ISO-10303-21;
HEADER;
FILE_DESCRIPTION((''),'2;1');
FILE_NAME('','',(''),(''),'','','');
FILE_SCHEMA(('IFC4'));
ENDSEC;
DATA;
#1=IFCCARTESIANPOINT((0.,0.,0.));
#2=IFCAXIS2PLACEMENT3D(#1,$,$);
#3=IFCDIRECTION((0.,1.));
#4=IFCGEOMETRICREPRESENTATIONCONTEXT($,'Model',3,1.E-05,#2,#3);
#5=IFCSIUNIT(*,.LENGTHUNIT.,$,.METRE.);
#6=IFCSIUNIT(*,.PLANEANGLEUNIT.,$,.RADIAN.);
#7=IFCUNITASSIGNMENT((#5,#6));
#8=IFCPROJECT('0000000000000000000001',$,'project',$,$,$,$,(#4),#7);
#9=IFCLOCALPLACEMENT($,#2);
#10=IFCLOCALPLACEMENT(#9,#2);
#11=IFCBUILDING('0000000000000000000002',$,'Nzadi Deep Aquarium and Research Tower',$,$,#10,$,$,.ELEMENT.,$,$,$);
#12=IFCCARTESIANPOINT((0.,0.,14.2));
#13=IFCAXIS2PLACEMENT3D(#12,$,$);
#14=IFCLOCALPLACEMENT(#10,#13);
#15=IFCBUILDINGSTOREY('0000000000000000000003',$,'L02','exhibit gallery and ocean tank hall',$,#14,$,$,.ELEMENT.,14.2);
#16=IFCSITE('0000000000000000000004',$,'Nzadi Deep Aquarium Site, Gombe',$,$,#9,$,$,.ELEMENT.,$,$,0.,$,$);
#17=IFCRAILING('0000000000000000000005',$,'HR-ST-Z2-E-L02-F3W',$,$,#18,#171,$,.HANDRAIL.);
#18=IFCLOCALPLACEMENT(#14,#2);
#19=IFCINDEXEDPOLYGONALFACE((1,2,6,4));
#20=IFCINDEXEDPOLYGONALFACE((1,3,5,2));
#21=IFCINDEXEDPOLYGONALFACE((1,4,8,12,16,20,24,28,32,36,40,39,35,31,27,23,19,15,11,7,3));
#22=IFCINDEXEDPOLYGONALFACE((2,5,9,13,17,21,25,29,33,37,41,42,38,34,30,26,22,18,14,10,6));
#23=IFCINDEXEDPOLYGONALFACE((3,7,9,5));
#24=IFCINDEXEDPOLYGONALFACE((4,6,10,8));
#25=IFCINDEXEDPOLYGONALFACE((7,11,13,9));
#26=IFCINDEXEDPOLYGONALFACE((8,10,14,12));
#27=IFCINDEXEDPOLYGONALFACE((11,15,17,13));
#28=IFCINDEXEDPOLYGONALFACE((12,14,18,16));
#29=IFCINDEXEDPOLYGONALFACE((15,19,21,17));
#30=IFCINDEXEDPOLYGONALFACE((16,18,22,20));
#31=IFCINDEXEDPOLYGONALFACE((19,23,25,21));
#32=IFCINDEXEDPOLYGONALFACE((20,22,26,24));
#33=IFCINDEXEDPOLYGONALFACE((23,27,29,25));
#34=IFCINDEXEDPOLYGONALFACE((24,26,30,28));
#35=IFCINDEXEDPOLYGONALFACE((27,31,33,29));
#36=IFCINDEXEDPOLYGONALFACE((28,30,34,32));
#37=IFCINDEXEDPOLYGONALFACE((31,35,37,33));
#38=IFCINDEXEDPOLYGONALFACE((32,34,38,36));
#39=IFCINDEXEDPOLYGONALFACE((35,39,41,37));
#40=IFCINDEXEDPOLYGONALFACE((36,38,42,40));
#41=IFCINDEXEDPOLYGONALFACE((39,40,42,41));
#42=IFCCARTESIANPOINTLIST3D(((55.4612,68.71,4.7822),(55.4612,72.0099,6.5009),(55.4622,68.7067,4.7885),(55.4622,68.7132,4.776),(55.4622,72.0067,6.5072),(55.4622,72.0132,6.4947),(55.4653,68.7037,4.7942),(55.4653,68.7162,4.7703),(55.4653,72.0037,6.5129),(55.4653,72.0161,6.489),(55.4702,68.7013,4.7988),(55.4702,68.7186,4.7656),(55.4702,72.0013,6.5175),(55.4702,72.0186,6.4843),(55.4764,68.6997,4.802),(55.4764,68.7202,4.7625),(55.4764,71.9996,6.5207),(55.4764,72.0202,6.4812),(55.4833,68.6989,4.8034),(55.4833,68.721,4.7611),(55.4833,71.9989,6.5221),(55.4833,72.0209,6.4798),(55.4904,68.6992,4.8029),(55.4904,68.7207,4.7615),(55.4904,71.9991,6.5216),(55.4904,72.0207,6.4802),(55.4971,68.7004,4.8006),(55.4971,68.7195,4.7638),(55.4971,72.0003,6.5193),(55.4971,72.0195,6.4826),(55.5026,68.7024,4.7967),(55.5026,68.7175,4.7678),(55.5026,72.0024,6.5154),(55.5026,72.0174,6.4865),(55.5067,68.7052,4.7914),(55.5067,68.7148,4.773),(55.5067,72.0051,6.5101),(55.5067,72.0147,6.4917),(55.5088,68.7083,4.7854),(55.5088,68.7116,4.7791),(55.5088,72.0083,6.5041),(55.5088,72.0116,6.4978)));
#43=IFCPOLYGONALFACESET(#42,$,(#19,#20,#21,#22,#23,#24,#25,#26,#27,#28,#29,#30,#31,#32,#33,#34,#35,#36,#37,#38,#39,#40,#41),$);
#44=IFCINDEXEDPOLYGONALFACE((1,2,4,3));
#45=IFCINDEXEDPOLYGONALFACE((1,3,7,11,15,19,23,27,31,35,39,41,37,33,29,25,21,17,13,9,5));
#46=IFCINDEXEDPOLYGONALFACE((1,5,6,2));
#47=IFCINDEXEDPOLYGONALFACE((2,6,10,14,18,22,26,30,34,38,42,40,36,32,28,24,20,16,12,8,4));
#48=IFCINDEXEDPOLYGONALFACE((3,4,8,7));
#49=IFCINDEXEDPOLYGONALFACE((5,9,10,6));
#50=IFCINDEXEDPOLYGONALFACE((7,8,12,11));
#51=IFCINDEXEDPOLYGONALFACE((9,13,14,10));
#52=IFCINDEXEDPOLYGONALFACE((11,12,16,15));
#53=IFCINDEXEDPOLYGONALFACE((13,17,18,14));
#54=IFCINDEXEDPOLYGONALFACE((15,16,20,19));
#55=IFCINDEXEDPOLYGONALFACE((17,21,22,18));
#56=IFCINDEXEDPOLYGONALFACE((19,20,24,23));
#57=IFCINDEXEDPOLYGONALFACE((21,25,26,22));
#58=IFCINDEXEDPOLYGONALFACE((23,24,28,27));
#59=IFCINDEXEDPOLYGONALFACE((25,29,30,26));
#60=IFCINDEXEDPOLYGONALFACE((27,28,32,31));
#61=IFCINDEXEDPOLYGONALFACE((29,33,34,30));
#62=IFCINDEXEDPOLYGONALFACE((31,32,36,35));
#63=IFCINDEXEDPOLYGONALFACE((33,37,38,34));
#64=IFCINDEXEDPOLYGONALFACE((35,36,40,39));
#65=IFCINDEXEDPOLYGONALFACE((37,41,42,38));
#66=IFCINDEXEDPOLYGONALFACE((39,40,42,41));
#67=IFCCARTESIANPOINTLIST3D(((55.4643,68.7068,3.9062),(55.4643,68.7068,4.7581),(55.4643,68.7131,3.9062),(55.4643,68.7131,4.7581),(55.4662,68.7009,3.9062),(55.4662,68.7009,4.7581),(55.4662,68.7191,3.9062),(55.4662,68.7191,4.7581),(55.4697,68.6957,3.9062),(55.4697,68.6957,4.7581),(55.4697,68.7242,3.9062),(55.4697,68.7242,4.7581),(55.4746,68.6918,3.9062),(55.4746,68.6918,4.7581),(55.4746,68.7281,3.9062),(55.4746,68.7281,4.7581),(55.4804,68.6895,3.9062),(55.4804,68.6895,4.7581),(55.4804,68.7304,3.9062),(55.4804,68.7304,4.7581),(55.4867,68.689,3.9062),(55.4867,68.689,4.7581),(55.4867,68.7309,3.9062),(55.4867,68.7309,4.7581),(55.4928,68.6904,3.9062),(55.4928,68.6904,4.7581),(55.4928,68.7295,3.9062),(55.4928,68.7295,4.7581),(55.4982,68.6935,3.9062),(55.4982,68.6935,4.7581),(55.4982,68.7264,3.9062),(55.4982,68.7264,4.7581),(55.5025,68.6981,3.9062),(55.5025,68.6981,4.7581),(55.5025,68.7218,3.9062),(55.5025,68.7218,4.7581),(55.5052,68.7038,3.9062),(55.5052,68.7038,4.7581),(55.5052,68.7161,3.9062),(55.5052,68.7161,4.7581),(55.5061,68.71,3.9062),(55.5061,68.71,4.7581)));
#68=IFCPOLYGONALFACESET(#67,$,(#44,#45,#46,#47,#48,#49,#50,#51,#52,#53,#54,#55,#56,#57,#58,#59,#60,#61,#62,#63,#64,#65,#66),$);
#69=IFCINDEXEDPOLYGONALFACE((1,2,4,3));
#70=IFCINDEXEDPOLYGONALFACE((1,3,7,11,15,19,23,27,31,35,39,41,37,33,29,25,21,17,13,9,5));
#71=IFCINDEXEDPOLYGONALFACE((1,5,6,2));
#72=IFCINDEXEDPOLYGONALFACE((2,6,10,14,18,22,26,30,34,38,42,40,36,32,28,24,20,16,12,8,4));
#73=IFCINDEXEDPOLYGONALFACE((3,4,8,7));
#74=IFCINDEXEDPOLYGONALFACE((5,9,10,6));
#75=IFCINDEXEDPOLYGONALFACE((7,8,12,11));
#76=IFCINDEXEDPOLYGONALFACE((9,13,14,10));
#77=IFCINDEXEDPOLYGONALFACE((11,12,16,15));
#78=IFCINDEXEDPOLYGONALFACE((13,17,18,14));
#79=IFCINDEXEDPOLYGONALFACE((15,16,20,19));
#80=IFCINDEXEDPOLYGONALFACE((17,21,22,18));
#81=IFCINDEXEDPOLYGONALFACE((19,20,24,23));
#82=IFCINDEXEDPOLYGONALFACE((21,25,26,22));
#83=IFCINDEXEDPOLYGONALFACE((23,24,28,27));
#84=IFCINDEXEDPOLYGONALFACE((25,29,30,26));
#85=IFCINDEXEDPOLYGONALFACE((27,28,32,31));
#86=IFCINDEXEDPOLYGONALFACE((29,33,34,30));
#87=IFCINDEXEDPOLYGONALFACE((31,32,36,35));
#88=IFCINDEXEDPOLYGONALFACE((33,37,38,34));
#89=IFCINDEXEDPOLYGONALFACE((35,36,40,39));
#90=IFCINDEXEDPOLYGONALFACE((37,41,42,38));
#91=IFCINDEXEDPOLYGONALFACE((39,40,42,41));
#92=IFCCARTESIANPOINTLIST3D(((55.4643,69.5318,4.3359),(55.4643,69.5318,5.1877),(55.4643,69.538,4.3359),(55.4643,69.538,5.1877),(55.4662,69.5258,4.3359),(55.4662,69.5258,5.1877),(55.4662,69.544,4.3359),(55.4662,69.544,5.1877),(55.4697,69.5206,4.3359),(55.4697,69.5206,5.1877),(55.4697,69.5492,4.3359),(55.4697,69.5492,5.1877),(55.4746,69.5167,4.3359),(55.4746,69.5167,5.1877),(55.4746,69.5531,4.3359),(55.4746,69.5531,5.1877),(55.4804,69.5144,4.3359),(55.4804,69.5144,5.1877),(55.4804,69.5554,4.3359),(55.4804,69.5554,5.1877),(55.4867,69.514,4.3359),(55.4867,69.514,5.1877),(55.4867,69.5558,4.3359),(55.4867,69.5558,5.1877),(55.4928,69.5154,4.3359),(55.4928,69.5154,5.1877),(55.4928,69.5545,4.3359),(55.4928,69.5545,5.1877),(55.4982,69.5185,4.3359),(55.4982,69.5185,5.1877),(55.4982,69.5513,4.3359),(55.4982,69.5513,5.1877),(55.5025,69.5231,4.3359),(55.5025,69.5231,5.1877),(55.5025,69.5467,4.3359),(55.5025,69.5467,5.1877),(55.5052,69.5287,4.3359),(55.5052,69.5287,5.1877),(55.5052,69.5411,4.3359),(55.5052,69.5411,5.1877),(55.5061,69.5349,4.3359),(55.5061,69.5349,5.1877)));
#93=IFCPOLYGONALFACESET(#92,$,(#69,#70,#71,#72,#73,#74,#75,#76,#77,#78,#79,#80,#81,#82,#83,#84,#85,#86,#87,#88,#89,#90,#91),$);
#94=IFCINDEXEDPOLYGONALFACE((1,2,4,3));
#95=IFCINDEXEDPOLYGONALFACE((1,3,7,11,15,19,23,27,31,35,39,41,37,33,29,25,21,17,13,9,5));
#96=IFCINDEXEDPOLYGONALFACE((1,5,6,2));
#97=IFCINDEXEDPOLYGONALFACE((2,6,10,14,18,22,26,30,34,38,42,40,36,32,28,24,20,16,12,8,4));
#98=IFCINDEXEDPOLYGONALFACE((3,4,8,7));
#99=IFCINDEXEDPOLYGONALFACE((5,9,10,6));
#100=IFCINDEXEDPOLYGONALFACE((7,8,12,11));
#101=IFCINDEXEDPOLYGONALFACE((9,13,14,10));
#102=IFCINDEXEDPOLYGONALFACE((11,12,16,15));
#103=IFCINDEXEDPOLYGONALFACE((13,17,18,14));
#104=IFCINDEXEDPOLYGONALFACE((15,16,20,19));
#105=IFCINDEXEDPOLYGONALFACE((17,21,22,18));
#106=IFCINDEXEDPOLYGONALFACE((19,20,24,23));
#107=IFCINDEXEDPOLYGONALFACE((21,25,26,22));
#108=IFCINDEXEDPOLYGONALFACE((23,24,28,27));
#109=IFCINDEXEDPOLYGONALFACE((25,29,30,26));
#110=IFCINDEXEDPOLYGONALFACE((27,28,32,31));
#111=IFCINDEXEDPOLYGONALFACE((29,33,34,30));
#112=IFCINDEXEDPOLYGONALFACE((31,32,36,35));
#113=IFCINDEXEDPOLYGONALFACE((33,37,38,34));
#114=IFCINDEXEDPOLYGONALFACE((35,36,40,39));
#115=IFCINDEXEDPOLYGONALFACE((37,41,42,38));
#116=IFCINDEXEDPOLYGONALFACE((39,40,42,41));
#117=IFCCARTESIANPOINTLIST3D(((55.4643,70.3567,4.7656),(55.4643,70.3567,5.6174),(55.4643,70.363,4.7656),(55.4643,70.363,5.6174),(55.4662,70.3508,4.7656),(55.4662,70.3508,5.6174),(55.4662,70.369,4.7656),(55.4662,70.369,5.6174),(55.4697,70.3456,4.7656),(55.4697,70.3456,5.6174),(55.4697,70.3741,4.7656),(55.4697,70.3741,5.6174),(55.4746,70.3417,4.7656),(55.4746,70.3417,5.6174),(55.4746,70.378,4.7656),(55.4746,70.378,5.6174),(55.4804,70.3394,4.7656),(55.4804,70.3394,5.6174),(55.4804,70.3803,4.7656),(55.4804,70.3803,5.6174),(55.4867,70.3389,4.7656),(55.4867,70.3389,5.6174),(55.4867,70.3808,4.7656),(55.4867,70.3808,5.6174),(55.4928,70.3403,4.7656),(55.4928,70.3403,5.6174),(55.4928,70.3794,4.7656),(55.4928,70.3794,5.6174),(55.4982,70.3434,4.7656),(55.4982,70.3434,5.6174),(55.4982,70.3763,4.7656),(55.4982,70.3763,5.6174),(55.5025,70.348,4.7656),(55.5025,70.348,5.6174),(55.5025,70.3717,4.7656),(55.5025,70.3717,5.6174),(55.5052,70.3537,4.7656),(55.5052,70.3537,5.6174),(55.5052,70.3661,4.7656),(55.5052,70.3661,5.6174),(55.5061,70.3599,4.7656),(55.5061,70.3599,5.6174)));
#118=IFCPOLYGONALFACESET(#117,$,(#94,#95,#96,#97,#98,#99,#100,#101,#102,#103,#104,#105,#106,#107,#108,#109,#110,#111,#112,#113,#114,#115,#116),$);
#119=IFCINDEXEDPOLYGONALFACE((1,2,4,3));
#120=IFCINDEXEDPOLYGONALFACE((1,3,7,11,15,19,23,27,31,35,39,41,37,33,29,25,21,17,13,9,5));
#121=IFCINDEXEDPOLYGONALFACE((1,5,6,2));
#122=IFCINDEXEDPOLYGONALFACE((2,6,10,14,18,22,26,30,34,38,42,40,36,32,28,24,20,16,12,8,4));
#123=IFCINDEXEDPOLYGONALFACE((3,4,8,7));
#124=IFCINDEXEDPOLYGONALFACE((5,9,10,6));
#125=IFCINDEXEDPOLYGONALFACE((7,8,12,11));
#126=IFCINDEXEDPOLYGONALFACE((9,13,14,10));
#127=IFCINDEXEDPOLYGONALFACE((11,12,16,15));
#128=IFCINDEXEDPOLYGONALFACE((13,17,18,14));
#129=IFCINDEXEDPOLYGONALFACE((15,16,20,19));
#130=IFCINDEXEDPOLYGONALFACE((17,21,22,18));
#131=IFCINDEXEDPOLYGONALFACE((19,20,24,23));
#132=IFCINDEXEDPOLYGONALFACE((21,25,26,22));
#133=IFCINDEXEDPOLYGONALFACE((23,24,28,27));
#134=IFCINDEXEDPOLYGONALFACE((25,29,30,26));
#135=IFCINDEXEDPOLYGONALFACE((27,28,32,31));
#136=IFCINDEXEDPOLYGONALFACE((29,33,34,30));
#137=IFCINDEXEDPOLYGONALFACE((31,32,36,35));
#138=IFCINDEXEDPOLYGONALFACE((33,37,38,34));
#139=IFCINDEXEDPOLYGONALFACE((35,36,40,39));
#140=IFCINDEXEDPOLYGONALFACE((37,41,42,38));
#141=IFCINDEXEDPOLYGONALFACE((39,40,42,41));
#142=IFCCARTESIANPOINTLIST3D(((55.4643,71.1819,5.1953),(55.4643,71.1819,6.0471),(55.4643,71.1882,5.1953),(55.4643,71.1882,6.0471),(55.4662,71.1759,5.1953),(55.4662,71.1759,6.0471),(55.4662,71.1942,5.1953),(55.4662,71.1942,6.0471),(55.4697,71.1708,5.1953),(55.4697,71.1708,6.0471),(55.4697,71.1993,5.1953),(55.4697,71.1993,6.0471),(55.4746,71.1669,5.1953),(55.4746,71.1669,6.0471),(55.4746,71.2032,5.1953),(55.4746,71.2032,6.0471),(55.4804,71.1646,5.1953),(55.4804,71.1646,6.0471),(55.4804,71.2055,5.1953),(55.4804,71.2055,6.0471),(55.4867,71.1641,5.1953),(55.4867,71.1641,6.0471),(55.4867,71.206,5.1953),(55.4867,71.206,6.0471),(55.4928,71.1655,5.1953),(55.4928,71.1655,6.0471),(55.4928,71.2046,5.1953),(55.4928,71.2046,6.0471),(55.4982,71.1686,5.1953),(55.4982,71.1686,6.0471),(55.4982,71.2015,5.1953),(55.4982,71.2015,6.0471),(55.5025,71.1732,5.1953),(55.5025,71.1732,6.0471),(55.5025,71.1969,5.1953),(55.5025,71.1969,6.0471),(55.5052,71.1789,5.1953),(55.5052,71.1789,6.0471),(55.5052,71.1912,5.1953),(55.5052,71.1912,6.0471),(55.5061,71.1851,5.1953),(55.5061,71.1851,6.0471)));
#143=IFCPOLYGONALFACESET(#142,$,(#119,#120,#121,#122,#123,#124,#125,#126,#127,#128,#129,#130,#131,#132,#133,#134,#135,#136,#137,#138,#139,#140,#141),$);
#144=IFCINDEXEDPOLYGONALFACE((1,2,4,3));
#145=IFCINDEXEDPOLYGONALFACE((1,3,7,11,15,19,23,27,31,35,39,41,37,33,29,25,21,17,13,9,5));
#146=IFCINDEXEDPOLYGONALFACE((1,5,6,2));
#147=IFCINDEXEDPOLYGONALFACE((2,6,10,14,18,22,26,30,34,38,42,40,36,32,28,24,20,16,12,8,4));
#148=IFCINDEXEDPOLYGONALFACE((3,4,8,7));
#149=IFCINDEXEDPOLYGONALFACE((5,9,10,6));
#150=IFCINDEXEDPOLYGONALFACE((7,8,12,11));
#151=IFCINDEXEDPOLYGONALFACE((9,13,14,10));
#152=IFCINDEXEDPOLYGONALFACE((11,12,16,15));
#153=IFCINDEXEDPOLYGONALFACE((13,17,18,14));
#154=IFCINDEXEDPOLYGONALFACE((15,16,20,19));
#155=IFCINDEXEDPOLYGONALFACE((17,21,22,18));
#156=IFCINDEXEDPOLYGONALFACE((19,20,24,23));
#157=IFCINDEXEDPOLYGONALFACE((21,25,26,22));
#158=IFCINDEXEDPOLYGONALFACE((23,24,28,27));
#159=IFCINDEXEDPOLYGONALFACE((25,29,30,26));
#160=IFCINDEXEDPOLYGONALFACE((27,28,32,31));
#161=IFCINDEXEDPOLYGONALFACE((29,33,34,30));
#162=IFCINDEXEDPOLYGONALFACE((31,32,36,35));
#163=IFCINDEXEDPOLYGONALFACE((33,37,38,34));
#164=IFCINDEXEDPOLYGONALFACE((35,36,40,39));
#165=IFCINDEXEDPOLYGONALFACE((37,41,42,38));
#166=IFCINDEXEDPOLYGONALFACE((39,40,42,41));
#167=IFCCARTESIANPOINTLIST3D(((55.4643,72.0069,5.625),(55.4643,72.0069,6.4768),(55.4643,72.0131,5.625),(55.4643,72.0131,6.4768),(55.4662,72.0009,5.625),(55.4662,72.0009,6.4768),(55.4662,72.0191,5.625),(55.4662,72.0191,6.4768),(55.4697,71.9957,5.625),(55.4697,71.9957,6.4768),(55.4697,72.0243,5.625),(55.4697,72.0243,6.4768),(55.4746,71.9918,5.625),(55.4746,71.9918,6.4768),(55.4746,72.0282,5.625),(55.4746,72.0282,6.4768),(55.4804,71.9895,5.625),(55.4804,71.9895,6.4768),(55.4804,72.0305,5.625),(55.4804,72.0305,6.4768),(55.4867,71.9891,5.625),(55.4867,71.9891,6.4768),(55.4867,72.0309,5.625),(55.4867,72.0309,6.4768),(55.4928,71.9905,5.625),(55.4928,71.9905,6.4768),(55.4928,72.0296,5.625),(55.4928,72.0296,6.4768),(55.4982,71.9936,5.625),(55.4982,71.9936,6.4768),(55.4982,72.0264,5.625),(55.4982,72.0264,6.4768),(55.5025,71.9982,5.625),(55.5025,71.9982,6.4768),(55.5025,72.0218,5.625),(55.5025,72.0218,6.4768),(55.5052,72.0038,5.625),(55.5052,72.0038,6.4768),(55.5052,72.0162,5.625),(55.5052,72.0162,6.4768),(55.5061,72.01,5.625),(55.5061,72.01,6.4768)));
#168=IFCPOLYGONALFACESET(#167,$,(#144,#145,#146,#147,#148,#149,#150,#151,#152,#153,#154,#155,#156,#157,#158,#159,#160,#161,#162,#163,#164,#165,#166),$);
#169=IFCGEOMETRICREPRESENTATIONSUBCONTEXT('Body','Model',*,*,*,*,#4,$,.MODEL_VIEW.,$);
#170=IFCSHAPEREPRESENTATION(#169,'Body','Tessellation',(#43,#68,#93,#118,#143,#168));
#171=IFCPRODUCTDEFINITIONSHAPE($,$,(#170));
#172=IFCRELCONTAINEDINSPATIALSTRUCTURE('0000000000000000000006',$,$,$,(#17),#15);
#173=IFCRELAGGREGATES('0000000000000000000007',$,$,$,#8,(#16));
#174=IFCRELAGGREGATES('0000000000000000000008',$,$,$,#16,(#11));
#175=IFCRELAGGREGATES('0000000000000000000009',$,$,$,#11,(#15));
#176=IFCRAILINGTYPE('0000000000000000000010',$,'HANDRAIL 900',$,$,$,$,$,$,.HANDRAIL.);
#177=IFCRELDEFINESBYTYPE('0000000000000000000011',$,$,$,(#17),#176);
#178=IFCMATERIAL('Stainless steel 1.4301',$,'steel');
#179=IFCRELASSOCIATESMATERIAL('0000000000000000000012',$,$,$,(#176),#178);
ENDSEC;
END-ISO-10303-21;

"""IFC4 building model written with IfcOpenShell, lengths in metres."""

from ifc_helpers import new_model, si_unit, direction, frame, origin, origin_2d, place, context, subcontext, project, spatial, circle, extrude, material, type_object, element, save


model = new_model("IFC4")

# Units and contexts
model_context = context("Model", 3, precision=1e-05, world=origin(), true_north=direction((0.0, 1.0)))
body_context = subcontext(model_context, "Body", "Model", "MODEL_VIEW")
ifc_project = project(units=[si_unit("LENGTHUNIT", "METRE"), si_unit("PLANEANGLEUNIT", "RADIAN")], contexts=[model_context])

# Site, building, storey
site_placement = place(None, origin())
site = spatial("IfcSite", under=ifc_project, at=site_placement, Name="Nzadi Deep Aquarium Site, Gombe", CompositionType="ELEMENT", RefElevation=0.0)
building_placement = place(site_placement, origin())
building = spatial("IfcBuilding", under=site, at=building_placement, Name="Nzadi Deep Aquarium and Research Tower", CompositionType="ELEMENT")
storey_placement = place(building_placement, frame((0.0, 0.0, 14.2)))
storey = spatial("IfcBuildingStorey", under=building, at=storey_placement, Name="L02", Description="exhibit gallery and ocean tank hall", CompositionType="ELEMENT", Elevation=14.2)

# Railing
ifc_material_1 = material(Name="Stainless steel 1.4301", Category="steel")
railing_type = type_object("IfcRailingType", Name="HANDRAIL 900", PredefinedType="HANDRAIL", material=ifc_material_1)
for number, where, name in (
    (1, (55.4851, 68.71, 3.9062), "HR-ST-Z2-E-L02-F3W"),
):
    element("IfcRailing", number, at=place(storey_placement, frame(where)), inside=storey, type_object=railing_type, Name=name, PredefinedType="HANDRAIL", context=body_context, shape_type="SweptSolid", body=[
        extrude(circle(Radius=0.0239, at=origin_2d()), frame((0.0, 0.0, 0.876), z_axis=(0.0, 0.886917, 0.461929), x_axis=(-1.0, 0.0, 0.0)), (0.0, 0.0, 1.0), 3.7207),
        extrude(circle(Radius=0.021, at=origin_2d()), origin(), (0.0, 0.0, 1.0), 0.8518),
        extrude(circle(Radius=0.021, at=origin_2d()), frame((0.0, 0.825, 0.4297)), (0.0, 0.0, 1.0), 0.8518),
        extrude(circle(Radius=0.021, at=origin_2d()), frame((0.0, 1.6499, 0.8594)), (0.0, 0.0, 1.0), 0.8518),
        extrude(circle(Radius=0.021, at=origin_2d()), frame((0.0, 2.4751, 1.2891)), (0.0, 0.0, 1.0), 0.8518),
        extrude(circle(Radius=0.021, at=origin_2d()), frame((0.0, 3.3, 1.7188)), (0.0, 0.0, 1.0), 0.8518),
    ])

save(model, "model.ifc")
